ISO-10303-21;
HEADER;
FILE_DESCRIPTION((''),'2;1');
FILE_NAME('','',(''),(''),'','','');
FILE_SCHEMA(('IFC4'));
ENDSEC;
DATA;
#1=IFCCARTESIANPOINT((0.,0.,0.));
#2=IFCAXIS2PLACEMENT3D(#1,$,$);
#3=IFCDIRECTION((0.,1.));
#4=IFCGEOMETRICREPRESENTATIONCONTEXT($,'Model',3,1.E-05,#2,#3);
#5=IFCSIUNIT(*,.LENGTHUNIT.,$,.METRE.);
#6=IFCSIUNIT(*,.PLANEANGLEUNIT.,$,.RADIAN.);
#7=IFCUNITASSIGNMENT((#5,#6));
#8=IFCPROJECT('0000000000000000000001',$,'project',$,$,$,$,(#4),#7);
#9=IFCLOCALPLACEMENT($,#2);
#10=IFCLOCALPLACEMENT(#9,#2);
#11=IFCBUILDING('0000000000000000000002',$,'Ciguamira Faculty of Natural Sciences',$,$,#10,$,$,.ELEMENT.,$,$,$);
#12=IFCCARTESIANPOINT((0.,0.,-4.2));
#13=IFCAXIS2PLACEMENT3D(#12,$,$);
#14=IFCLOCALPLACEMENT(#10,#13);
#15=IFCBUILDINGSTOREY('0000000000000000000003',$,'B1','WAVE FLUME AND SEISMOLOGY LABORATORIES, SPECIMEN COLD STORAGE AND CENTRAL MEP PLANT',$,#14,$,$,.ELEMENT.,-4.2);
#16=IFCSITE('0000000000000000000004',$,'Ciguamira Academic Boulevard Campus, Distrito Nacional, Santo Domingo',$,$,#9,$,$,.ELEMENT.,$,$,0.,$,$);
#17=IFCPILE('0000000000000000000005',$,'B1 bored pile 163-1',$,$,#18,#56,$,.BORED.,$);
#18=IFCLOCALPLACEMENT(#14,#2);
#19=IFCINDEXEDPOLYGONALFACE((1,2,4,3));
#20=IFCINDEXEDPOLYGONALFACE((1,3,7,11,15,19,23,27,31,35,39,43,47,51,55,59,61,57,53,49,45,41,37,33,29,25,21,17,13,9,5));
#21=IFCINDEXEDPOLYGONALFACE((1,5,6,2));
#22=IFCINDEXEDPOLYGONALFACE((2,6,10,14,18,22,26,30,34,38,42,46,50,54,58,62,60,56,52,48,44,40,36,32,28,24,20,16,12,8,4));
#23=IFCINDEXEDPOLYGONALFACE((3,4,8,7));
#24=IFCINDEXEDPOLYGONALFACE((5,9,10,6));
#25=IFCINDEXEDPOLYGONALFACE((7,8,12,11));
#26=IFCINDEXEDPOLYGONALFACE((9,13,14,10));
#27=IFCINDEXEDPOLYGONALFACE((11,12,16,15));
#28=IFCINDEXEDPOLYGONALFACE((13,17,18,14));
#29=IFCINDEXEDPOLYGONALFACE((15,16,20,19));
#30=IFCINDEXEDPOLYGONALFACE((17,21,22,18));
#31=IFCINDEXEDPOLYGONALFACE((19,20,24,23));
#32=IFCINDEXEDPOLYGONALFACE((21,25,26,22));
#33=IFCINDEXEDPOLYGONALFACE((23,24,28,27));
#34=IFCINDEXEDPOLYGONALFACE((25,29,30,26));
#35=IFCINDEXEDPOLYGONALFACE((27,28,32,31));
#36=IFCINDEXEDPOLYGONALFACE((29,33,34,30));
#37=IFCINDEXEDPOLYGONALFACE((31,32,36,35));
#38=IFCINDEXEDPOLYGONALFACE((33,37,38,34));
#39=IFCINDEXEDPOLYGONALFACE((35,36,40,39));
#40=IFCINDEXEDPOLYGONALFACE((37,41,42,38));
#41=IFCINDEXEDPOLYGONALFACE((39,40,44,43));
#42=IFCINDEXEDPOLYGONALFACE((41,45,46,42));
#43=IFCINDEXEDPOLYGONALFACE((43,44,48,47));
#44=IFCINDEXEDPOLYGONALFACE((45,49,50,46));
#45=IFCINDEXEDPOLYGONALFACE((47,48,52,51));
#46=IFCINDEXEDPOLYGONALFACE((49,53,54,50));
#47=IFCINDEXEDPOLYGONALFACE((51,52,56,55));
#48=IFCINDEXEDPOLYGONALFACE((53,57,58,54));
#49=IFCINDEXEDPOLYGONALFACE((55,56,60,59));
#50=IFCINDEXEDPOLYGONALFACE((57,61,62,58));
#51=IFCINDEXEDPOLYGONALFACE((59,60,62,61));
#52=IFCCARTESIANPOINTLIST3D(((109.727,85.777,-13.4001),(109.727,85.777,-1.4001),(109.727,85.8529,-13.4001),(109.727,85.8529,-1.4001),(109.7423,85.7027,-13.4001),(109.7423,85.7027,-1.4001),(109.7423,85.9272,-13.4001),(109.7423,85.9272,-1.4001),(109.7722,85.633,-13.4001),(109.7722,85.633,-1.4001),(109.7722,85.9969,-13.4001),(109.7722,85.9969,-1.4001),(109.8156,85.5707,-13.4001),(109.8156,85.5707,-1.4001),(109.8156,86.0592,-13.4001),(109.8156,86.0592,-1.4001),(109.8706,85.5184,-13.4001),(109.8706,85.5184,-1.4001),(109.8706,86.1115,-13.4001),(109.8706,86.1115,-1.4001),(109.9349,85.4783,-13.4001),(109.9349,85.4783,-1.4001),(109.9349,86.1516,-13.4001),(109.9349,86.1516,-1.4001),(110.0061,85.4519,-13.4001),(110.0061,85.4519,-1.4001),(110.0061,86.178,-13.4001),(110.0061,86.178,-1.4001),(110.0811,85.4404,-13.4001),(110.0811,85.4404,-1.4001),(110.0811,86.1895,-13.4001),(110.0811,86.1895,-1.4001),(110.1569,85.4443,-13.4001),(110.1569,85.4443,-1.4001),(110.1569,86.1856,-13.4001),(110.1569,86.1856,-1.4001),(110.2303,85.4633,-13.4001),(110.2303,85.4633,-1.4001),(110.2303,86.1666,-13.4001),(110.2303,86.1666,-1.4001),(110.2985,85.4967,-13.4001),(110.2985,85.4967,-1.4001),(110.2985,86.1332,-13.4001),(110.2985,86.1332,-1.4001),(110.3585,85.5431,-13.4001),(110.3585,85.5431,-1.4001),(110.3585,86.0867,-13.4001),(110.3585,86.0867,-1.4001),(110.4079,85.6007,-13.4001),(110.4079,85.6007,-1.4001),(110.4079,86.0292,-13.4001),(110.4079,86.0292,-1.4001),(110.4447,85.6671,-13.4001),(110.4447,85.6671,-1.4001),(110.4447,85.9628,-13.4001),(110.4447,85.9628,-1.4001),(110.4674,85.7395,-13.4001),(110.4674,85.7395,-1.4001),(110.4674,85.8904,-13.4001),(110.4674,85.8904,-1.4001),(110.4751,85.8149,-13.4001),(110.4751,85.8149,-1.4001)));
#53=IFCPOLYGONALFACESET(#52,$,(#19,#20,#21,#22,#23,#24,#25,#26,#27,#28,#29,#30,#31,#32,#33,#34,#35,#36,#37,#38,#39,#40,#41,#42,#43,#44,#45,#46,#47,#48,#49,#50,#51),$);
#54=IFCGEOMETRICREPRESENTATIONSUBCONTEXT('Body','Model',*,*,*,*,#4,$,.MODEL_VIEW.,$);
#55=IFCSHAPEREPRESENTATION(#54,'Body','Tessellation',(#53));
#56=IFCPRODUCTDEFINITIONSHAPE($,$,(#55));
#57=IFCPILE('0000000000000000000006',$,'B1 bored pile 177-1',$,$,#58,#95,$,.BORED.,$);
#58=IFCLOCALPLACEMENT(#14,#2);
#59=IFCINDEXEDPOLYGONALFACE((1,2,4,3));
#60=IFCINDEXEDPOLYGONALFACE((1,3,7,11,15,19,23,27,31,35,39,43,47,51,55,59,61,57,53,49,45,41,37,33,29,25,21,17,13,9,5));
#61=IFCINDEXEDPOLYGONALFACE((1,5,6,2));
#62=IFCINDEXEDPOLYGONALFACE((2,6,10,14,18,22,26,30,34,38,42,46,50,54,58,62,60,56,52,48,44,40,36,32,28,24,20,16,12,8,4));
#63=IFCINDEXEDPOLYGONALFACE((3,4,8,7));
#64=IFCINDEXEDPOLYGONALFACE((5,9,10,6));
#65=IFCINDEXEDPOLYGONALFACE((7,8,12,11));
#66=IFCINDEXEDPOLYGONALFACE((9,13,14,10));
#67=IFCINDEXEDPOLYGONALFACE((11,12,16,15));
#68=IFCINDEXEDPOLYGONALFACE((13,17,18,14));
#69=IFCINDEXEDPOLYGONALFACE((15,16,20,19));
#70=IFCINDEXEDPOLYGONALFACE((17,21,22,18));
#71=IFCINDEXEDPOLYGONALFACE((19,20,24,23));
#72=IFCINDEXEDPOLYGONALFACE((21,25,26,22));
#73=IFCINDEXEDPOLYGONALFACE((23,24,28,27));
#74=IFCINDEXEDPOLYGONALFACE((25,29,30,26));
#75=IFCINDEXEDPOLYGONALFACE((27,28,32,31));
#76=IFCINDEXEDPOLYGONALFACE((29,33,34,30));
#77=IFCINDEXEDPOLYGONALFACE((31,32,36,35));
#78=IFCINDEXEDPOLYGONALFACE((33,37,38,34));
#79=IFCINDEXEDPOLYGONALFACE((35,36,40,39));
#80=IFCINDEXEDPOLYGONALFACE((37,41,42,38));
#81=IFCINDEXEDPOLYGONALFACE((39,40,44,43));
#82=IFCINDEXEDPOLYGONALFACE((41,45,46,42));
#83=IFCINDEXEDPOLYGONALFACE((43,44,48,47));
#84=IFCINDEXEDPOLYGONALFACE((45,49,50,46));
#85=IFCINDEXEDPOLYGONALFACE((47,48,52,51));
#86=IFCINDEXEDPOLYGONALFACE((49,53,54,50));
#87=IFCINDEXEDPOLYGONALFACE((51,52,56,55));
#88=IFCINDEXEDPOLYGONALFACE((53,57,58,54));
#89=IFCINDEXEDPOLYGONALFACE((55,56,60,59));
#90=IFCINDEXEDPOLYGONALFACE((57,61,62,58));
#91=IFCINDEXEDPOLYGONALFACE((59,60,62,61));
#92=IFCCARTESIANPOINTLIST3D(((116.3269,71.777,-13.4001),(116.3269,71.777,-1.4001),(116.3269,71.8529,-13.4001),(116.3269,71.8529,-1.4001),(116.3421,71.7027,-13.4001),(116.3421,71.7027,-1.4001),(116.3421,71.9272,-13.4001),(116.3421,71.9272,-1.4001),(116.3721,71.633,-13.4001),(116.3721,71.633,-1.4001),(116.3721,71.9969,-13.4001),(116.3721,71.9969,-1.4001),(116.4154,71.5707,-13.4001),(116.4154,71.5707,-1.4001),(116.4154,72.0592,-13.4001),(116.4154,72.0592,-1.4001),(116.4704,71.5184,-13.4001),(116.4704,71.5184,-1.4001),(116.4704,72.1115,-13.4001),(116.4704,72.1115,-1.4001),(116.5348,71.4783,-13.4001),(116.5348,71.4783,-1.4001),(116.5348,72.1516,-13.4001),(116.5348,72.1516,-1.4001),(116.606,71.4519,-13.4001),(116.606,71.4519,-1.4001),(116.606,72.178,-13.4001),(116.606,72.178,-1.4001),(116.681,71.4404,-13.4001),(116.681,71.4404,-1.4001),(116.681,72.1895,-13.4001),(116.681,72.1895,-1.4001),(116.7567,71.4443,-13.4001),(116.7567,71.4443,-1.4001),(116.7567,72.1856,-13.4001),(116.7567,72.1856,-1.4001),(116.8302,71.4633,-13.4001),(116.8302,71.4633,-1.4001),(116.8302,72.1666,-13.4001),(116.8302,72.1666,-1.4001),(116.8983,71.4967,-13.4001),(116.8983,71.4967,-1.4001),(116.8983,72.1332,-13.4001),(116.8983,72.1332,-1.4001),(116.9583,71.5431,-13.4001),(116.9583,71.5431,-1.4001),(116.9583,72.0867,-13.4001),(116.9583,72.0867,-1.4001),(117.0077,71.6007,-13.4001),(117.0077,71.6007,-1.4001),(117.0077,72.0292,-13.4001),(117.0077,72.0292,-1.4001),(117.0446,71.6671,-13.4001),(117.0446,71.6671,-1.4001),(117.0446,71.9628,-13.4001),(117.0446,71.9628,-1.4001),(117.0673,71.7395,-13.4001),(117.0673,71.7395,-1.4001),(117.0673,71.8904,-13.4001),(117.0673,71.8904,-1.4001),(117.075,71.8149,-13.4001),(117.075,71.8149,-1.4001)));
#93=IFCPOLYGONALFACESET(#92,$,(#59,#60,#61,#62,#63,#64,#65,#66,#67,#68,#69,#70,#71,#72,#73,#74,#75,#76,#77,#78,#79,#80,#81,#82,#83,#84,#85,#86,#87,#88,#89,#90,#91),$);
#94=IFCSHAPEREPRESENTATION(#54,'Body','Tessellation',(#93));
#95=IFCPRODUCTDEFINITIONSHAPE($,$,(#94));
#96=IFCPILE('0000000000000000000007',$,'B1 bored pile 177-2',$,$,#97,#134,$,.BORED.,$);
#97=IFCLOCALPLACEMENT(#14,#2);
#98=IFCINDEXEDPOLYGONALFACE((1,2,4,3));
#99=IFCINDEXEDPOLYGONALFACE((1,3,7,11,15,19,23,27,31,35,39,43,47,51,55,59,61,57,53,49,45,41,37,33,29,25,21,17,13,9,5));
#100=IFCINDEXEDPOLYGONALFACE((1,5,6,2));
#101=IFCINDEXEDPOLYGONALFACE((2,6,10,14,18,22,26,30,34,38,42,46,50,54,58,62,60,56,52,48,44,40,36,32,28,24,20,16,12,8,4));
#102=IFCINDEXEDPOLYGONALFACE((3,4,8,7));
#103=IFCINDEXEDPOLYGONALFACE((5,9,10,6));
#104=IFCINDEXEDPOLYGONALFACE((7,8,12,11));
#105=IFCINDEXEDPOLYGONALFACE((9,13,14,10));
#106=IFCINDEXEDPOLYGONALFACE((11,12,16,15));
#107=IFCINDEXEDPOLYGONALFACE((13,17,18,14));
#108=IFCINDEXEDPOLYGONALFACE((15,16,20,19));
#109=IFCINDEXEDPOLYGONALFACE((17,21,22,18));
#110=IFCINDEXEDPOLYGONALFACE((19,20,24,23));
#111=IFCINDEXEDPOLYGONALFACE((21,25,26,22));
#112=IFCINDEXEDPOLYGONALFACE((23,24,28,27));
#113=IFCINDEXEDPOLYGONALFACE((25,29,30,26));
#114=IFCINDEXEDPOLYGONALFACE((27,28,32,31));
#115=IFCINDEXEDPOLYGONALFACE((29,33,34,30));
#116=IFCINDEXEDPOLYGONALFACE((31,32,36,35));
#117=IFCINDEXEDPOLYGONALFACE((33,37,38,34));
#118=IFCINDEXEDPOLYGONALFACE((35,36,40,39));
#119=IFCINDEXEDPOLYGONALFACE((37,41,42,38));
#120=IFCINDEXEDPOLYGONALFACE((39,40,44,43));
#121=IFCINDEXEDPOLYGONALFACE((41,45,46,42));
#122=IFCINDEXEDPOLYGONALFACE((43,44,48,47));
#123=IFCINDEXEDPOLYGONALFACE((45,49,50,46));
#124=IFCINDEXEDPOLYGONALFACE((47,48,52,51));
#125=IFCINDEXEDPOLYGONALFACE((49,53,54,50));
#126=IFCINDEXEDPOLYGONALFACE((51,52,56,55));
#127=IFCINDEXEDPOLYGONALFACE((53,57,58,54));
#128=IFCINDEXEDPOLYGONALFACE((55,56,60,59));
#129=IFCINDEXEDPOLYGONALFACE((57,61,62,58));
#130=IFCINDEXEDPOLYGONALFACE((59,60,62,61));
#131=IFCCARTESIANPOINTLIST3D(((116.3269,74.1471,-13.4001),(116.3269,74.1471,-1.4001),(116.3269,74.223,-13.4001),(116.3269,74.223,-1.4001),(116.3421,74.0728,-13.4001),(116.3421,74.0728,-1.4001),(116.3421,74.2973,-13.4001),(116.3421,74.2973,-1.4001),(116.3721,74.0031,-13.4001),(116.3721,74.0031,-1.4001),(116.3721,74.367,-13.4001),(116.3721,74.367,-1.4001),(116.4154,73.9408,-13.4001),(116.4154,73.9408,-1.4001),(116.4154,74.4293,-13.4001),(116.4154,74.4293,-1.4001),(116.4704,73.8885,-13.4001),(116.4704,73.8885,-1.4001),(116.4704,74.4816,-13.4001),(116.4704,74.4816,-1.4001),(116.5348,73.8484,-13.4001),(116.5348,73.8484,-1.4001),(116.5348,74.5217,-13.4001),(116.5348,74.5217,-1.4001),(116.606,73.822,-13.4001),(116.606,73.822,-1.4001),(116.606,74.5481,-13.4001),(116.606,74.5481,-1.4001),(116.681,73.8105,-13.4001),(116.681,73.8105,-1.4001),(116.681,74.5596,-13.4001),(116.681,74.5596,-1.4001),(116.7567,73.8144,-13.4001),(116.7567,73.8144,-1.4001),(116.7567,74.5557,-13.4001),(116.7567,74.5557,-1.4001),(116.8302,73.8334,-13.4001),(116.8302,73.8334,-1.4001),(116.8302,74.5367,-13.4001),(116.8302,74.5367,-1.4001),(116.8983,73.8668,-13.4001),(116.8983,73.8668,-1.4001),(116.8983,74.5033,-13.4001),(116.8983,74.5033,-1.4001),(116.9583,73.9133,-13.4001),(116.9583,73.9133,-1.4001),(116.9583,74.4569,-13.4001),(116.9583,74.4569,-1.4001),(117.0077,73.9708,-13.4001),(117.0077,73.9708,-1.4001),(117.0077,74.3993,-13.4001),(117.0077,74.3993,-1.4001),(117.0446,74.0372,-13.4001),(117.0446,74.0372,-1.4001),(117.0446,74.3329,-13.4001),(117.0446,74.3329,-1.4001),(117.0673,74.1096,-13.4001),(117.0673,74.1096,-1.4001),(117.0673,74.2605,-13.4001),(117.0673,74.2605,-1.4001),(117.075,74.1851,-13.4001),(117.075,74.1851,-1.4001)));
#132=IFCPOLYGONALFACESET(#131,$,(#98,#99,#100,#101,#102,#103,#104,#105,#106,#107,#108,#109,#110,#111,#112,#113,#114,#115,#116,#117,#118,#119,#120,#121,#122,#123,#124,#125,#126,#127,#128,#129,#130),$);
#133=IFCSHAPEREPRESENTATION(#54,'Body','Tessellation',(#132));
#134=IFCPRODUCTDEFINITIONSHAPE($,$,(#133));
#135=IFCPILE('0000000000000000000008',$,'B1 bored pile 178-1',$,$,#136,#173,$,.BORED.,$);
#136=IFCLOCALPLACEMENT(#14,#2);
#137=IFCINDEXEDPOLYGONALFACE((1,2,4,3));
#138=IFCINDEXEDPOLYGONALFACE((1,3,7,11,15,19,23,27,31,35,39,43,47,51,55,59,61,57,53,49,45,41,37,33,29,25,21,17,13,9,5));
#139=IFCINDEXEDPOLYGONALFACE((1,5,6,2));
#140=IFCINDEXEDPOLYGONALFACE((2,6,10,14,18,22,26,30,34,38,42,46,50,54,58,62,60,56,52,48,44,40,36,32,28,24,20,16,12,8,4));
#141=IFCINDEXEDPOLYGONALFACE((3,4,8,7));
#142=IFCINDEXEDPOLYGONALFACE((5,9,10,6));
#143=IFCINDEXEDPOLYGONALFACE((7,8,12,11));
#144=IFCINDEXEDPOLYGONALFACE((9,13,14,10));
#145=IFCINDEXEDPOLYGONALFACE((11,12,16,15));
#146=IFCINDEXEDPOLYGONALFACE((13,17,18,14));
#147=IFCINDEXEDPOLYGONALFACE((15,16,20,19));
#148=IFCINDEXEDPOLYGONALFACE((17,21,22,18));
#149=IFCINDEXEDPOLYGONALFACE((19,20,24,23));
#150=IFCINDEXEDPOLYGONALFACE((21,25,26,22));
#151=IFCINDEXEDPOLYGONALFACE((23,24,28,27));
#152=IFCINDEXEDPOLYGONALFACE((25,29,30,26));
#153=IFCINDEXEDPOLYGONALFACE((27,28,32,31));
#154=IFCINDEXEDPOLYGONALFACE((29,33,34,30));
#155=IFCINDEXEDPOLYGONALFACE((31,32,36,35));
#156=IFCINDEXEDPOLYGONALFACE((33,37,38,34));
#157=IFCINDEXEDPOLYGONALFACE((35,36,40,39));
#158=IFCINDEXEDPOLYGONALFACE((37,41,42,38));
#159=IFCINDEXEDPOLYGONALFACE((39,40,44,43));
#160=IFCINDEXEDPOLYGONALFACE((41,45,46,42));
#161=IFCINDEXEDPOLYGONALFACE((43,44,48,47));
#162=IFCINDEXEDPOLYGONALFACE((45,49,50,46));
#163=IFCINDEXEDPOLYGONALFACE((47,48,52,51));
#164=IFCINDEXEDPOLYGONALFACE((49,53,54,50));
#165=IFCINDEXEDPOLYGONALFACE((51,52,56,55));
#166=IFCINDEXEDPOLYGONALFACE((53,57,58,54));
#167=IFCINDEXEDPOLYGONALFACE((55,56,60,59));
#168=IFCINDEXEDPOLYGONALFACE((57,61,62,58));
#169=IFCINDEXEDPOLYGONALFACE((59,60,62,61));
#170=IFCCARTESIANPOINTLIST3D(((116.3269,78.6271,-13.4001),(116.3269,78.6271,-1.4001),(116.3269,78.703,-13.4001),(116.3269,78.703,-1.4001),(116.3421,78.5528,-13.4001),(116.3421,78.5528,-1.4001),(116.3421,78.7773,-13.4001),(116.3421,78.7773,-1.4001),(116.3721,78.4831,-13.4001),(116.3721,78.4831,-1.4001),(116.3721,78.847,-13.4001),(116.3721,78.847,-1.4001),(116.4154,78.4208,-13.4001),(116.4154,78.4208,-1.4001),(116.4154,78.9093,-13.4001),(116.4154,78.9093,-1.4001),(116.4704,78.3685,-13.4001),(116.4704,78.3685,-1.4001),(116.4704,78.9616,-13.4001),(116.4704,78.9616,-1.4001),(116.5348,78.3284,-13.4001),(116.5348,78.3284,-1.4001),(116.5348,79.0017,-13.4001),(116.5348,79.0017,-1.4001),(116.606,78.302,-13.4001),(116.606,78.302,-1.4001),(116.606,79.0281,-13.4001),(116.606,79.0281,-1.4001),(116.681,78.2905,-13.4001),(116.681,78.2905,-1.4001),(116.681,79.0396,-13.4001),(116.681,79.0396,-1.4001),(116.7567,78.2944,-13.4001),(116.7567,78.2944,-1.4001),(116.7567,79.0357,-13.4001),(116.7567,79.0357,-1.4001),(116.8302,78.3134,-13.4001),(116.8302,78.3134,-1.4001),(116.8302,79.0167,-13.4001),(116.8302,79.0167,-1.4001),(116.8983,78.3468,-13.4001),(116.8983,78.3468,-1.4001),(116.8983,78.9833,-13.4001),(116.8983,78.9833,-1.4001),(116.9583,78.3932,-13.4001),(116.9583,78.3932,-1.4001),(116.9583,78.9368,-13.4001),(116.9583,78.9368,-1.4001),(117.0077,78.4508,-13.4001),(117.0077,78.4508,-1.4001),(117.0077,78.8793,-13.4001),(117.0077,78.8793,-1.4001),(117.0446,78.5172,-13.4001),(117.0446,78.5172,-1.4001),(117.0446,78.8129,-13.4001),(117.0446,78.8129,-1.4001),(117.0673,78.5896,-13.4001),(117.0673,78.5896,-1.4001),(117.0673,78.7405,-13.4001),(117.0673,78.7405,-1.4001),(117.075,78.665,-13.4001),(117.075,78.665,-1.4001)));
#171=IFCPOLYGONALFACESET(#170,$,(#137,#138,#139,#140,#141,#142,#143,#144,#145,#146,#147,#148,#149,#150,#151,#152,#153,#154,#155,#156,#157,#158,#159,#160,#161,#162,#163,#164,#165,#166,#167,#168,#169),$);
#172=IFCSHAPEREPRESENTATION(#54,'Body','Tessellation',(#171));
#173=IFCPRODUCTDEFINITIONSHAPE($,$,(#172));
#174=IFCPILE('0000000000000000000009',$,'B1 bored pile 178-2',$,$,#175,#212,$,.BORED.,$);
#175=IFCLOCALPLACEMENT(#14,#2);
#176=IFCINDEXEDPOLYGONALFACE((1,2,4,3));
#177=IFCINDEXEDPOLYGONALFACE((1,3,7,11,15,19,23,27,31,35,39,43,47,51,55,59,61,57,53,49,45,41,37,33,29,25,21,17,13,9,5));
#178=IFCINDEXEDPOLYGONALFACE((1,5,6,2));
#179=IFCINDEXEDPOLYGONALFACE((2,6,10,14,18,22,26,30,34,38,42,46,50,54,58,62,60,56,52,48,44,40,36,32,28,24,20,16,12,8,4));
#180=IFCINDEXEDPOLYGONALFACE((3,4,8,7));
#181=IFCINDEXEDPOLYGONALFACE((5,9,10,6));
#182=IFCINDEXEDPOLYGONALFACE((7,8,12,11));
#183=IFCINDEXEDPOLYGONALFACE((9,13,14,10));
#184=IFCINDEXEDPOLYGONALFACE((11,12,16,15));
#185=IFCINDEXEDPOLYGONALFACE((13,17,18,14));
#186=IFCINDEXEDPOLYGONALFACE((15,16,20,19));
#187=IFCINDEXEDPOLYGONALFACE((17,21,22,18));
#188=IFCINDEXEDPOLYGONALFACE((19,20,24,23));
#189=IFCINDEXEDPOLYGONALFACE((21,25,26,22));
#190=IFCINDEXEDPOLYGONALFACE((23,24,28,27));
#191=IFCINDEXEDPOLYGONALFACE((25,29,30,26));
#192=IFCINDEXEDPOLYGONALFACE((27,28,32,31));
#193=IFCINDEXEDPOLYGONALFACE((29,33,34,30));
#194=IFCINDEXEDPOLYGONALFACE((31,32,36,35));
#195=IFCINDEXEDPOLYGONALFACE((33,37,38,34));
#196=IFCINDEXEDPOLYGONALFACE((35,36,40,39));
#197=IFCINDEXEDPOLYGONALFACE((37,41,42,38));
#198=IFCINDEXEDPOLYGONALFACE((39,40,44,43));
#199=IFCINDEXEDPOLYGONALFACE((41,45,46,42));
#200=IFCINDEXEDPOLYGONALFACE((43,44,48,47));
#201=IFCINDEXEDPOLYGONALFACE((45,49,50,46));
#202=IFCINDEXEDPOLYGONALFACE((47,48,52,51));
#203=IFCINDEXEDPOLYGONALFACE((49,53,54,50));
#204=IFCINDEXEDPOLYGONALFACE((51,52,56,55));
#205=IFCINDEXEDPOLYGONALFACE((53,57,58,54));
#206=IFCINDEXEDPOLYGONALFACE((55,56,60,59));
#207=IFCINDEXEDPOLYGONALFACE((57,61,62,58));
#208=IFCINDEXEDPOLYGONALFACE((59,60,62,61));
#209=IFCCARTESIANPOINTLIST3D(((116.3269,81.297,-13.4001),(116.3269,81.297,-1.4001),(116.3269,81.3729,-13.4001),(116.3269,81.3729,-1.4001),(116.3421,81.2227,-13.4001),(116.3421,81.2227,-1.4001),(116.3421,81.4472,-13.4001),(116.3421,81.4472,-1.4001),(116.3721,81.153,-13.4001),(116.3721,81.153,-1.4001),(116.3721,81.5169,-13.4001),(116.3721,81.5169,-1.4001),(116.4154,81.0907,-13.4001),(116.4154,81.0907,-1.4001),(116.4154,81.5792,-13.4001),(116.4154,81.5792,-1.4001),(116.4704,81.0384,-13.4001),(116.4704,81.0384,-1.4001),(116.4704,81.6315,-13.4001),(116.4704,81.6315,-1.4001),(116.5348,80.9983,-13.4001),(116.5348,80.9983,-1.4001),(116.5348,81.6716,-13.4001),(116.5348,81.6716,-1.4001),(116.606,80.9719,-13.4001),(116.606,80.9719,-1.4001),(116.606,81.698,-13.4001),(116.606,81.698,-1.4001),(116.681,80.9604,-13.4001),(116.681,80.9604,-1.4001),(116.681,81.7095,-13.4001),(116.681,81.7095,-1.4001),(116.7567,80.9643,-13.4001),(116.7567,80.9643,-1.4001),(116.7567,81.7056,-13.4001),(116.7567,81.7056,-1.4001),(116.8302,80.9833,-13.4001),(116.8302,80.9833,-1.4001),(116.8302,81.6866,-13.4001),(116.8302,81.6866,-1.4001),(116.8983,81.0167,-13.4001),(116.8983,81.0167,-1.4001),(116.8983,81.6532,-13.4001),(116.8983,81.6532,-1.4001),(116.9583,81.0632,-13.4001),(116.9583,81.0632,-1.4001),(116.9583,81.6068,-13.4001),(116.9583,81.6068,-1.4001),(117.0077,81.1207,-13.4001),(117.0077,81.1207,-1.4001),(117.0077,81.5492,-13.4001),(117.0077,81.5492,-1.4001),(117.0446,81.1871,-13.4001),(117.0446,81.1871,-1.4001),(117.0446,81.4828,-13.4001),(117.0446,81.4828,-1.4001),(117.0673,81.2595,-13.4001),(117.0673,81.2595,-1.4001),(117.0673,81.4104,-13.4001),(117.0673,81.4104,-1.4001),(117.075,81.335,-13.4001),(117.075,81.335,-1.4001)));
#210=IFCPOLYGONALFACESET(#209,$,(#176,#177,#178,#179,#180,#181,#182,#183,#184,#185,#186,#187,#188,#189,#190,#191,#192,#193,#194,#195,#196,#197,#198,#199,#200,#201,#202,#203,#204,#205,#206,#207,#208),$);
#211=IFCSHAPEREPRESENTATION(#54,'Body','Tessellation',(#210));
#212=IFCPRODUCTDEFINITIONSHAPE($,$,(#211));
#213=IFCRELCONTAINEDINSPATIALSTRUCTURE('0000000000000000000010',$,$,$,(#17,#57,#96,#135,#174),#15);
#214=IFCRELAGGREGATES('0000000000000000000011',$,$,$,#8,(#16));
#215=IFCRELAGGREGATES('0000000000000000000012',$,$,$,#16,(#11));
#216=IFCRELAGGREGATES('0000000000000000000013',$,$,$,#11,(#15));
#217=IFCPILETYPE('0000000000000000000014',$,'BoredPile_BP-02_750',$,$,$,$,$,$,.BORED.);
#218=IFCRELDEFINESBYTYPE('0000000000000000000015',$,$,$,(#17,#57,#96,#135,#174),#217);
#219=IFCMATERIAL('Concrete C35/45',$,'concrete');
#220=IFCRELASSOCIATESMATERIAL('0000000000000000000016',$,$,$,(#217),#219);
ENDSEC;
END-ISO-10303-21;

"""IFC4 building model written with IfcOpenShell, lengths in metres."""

from ifc_helpers import new_model, si_unit, direction, frame, origin, origin_2d, place, context, subcontext, project, spatial, circle, extrude, material, material_profile, profile_set, type_object, element, save


model = new_model("IFC4")

# Units and contexts
model_context = context("Model", 3, precision=1e-05, world=origin(), true_north=direction((0.0, 1.0)))
body_context = subcontext(model_context, "Body", "Model", "MODEL_VIEW")
ifc_project = project(units=[si_unit("LENGTHUNIT", "METRE"), si_unit("PLANEANGLEUNIT", "RADIAN")], contexts=[model_context])

# Site, building, storey
site_placement = place(None, origin())
site = spatial("IfcSite", under=ifc_project, at=site_placement, Name="Ciguamira Academic Boulevard Campus, Distrito Nacional, Santo Domingo", CompositionType="ELEMENT", RefElevation=0.0)
building_placement = place(site_placement, origin())
building = spatial("IfcBuilding", under=site, at=building_placement, Name="Ciguamira Faculty of Natural Sciences", CompositionType="ELEMENT")
storey_placement = place(building_placement, frame((0.0, 0.0, -4.2)))
storey = spatial("IfcBuildingStorey", under=building, at=storey_placement, Name="B1", Description="WAVE FLUME AND SEISMOLOGY LABORATORIES, SPECIMEN COLD STORAGE AND CENTRAL MEP PLANT", CompositionType="ELEMENT", Elevation=-4.2)

# Piles
ifc_material_1 = material(Name="Concrete C35/45", Category="concrete")
ifc_material_profile_1 = material_profile(ifc_material_1, circle(Radius=0.375, at=origin_2d()), Name="PILE-BORED-750")
ifc_profile_set_1 = profile_set([ifc_material_profile_1], Name="Concrete C35/45")
pile_type = type_object("IfcPileType", Name="BoredPile_BP-02_750", PredefinedType="BORED", material=ifc_profile_set_1)
for number, where, z_axis, x_axis, name in (
    (1, (110.1001, 85.8149, -1.4001), (0.0, 0.0, -1.0), (1.0, 0.0, 0.0), "B1 bored pile 163-1"),
    (2, (116.7, 71.8149, -1.4001), (0.0, 0.0, -1.0), (1.0, 0.0, 0.0), "B1 bored pile 177-1"),
    (3, (116.7, 74.1851, -1.4001), (0.0, 0.0, -1.0), (1.0, 0.0, 0.0), "B1 bored pile 177-2"),
    (4, (116.7, 78.665, -1.4001), (0.0, 0.0, -1.0), (1.0, 0.0, 0.0), "B1 bored pile 178-1"),
    (5, (116.7, 81.335, -1.4001), (0.0, 0.0, -1.0), (1.0, 0.0, 0.0), "B1 bored pile 178-2"),
):
    element("IfcPile", number, at=place(storey_placement, frame(where, z_axis=z_axis, x_axis=x_axis)), inside=storey, type_object=pile_type, Name=name, PredefinedType="BORED", context=body_context, shape_type="SweptSolid", body=[
        extrude(circle(Radius=0.375, at=origin_2d()), origin(), (0.0, 0.0, 1.0), 12.0),
    ])

save(model, "model.ifc")
